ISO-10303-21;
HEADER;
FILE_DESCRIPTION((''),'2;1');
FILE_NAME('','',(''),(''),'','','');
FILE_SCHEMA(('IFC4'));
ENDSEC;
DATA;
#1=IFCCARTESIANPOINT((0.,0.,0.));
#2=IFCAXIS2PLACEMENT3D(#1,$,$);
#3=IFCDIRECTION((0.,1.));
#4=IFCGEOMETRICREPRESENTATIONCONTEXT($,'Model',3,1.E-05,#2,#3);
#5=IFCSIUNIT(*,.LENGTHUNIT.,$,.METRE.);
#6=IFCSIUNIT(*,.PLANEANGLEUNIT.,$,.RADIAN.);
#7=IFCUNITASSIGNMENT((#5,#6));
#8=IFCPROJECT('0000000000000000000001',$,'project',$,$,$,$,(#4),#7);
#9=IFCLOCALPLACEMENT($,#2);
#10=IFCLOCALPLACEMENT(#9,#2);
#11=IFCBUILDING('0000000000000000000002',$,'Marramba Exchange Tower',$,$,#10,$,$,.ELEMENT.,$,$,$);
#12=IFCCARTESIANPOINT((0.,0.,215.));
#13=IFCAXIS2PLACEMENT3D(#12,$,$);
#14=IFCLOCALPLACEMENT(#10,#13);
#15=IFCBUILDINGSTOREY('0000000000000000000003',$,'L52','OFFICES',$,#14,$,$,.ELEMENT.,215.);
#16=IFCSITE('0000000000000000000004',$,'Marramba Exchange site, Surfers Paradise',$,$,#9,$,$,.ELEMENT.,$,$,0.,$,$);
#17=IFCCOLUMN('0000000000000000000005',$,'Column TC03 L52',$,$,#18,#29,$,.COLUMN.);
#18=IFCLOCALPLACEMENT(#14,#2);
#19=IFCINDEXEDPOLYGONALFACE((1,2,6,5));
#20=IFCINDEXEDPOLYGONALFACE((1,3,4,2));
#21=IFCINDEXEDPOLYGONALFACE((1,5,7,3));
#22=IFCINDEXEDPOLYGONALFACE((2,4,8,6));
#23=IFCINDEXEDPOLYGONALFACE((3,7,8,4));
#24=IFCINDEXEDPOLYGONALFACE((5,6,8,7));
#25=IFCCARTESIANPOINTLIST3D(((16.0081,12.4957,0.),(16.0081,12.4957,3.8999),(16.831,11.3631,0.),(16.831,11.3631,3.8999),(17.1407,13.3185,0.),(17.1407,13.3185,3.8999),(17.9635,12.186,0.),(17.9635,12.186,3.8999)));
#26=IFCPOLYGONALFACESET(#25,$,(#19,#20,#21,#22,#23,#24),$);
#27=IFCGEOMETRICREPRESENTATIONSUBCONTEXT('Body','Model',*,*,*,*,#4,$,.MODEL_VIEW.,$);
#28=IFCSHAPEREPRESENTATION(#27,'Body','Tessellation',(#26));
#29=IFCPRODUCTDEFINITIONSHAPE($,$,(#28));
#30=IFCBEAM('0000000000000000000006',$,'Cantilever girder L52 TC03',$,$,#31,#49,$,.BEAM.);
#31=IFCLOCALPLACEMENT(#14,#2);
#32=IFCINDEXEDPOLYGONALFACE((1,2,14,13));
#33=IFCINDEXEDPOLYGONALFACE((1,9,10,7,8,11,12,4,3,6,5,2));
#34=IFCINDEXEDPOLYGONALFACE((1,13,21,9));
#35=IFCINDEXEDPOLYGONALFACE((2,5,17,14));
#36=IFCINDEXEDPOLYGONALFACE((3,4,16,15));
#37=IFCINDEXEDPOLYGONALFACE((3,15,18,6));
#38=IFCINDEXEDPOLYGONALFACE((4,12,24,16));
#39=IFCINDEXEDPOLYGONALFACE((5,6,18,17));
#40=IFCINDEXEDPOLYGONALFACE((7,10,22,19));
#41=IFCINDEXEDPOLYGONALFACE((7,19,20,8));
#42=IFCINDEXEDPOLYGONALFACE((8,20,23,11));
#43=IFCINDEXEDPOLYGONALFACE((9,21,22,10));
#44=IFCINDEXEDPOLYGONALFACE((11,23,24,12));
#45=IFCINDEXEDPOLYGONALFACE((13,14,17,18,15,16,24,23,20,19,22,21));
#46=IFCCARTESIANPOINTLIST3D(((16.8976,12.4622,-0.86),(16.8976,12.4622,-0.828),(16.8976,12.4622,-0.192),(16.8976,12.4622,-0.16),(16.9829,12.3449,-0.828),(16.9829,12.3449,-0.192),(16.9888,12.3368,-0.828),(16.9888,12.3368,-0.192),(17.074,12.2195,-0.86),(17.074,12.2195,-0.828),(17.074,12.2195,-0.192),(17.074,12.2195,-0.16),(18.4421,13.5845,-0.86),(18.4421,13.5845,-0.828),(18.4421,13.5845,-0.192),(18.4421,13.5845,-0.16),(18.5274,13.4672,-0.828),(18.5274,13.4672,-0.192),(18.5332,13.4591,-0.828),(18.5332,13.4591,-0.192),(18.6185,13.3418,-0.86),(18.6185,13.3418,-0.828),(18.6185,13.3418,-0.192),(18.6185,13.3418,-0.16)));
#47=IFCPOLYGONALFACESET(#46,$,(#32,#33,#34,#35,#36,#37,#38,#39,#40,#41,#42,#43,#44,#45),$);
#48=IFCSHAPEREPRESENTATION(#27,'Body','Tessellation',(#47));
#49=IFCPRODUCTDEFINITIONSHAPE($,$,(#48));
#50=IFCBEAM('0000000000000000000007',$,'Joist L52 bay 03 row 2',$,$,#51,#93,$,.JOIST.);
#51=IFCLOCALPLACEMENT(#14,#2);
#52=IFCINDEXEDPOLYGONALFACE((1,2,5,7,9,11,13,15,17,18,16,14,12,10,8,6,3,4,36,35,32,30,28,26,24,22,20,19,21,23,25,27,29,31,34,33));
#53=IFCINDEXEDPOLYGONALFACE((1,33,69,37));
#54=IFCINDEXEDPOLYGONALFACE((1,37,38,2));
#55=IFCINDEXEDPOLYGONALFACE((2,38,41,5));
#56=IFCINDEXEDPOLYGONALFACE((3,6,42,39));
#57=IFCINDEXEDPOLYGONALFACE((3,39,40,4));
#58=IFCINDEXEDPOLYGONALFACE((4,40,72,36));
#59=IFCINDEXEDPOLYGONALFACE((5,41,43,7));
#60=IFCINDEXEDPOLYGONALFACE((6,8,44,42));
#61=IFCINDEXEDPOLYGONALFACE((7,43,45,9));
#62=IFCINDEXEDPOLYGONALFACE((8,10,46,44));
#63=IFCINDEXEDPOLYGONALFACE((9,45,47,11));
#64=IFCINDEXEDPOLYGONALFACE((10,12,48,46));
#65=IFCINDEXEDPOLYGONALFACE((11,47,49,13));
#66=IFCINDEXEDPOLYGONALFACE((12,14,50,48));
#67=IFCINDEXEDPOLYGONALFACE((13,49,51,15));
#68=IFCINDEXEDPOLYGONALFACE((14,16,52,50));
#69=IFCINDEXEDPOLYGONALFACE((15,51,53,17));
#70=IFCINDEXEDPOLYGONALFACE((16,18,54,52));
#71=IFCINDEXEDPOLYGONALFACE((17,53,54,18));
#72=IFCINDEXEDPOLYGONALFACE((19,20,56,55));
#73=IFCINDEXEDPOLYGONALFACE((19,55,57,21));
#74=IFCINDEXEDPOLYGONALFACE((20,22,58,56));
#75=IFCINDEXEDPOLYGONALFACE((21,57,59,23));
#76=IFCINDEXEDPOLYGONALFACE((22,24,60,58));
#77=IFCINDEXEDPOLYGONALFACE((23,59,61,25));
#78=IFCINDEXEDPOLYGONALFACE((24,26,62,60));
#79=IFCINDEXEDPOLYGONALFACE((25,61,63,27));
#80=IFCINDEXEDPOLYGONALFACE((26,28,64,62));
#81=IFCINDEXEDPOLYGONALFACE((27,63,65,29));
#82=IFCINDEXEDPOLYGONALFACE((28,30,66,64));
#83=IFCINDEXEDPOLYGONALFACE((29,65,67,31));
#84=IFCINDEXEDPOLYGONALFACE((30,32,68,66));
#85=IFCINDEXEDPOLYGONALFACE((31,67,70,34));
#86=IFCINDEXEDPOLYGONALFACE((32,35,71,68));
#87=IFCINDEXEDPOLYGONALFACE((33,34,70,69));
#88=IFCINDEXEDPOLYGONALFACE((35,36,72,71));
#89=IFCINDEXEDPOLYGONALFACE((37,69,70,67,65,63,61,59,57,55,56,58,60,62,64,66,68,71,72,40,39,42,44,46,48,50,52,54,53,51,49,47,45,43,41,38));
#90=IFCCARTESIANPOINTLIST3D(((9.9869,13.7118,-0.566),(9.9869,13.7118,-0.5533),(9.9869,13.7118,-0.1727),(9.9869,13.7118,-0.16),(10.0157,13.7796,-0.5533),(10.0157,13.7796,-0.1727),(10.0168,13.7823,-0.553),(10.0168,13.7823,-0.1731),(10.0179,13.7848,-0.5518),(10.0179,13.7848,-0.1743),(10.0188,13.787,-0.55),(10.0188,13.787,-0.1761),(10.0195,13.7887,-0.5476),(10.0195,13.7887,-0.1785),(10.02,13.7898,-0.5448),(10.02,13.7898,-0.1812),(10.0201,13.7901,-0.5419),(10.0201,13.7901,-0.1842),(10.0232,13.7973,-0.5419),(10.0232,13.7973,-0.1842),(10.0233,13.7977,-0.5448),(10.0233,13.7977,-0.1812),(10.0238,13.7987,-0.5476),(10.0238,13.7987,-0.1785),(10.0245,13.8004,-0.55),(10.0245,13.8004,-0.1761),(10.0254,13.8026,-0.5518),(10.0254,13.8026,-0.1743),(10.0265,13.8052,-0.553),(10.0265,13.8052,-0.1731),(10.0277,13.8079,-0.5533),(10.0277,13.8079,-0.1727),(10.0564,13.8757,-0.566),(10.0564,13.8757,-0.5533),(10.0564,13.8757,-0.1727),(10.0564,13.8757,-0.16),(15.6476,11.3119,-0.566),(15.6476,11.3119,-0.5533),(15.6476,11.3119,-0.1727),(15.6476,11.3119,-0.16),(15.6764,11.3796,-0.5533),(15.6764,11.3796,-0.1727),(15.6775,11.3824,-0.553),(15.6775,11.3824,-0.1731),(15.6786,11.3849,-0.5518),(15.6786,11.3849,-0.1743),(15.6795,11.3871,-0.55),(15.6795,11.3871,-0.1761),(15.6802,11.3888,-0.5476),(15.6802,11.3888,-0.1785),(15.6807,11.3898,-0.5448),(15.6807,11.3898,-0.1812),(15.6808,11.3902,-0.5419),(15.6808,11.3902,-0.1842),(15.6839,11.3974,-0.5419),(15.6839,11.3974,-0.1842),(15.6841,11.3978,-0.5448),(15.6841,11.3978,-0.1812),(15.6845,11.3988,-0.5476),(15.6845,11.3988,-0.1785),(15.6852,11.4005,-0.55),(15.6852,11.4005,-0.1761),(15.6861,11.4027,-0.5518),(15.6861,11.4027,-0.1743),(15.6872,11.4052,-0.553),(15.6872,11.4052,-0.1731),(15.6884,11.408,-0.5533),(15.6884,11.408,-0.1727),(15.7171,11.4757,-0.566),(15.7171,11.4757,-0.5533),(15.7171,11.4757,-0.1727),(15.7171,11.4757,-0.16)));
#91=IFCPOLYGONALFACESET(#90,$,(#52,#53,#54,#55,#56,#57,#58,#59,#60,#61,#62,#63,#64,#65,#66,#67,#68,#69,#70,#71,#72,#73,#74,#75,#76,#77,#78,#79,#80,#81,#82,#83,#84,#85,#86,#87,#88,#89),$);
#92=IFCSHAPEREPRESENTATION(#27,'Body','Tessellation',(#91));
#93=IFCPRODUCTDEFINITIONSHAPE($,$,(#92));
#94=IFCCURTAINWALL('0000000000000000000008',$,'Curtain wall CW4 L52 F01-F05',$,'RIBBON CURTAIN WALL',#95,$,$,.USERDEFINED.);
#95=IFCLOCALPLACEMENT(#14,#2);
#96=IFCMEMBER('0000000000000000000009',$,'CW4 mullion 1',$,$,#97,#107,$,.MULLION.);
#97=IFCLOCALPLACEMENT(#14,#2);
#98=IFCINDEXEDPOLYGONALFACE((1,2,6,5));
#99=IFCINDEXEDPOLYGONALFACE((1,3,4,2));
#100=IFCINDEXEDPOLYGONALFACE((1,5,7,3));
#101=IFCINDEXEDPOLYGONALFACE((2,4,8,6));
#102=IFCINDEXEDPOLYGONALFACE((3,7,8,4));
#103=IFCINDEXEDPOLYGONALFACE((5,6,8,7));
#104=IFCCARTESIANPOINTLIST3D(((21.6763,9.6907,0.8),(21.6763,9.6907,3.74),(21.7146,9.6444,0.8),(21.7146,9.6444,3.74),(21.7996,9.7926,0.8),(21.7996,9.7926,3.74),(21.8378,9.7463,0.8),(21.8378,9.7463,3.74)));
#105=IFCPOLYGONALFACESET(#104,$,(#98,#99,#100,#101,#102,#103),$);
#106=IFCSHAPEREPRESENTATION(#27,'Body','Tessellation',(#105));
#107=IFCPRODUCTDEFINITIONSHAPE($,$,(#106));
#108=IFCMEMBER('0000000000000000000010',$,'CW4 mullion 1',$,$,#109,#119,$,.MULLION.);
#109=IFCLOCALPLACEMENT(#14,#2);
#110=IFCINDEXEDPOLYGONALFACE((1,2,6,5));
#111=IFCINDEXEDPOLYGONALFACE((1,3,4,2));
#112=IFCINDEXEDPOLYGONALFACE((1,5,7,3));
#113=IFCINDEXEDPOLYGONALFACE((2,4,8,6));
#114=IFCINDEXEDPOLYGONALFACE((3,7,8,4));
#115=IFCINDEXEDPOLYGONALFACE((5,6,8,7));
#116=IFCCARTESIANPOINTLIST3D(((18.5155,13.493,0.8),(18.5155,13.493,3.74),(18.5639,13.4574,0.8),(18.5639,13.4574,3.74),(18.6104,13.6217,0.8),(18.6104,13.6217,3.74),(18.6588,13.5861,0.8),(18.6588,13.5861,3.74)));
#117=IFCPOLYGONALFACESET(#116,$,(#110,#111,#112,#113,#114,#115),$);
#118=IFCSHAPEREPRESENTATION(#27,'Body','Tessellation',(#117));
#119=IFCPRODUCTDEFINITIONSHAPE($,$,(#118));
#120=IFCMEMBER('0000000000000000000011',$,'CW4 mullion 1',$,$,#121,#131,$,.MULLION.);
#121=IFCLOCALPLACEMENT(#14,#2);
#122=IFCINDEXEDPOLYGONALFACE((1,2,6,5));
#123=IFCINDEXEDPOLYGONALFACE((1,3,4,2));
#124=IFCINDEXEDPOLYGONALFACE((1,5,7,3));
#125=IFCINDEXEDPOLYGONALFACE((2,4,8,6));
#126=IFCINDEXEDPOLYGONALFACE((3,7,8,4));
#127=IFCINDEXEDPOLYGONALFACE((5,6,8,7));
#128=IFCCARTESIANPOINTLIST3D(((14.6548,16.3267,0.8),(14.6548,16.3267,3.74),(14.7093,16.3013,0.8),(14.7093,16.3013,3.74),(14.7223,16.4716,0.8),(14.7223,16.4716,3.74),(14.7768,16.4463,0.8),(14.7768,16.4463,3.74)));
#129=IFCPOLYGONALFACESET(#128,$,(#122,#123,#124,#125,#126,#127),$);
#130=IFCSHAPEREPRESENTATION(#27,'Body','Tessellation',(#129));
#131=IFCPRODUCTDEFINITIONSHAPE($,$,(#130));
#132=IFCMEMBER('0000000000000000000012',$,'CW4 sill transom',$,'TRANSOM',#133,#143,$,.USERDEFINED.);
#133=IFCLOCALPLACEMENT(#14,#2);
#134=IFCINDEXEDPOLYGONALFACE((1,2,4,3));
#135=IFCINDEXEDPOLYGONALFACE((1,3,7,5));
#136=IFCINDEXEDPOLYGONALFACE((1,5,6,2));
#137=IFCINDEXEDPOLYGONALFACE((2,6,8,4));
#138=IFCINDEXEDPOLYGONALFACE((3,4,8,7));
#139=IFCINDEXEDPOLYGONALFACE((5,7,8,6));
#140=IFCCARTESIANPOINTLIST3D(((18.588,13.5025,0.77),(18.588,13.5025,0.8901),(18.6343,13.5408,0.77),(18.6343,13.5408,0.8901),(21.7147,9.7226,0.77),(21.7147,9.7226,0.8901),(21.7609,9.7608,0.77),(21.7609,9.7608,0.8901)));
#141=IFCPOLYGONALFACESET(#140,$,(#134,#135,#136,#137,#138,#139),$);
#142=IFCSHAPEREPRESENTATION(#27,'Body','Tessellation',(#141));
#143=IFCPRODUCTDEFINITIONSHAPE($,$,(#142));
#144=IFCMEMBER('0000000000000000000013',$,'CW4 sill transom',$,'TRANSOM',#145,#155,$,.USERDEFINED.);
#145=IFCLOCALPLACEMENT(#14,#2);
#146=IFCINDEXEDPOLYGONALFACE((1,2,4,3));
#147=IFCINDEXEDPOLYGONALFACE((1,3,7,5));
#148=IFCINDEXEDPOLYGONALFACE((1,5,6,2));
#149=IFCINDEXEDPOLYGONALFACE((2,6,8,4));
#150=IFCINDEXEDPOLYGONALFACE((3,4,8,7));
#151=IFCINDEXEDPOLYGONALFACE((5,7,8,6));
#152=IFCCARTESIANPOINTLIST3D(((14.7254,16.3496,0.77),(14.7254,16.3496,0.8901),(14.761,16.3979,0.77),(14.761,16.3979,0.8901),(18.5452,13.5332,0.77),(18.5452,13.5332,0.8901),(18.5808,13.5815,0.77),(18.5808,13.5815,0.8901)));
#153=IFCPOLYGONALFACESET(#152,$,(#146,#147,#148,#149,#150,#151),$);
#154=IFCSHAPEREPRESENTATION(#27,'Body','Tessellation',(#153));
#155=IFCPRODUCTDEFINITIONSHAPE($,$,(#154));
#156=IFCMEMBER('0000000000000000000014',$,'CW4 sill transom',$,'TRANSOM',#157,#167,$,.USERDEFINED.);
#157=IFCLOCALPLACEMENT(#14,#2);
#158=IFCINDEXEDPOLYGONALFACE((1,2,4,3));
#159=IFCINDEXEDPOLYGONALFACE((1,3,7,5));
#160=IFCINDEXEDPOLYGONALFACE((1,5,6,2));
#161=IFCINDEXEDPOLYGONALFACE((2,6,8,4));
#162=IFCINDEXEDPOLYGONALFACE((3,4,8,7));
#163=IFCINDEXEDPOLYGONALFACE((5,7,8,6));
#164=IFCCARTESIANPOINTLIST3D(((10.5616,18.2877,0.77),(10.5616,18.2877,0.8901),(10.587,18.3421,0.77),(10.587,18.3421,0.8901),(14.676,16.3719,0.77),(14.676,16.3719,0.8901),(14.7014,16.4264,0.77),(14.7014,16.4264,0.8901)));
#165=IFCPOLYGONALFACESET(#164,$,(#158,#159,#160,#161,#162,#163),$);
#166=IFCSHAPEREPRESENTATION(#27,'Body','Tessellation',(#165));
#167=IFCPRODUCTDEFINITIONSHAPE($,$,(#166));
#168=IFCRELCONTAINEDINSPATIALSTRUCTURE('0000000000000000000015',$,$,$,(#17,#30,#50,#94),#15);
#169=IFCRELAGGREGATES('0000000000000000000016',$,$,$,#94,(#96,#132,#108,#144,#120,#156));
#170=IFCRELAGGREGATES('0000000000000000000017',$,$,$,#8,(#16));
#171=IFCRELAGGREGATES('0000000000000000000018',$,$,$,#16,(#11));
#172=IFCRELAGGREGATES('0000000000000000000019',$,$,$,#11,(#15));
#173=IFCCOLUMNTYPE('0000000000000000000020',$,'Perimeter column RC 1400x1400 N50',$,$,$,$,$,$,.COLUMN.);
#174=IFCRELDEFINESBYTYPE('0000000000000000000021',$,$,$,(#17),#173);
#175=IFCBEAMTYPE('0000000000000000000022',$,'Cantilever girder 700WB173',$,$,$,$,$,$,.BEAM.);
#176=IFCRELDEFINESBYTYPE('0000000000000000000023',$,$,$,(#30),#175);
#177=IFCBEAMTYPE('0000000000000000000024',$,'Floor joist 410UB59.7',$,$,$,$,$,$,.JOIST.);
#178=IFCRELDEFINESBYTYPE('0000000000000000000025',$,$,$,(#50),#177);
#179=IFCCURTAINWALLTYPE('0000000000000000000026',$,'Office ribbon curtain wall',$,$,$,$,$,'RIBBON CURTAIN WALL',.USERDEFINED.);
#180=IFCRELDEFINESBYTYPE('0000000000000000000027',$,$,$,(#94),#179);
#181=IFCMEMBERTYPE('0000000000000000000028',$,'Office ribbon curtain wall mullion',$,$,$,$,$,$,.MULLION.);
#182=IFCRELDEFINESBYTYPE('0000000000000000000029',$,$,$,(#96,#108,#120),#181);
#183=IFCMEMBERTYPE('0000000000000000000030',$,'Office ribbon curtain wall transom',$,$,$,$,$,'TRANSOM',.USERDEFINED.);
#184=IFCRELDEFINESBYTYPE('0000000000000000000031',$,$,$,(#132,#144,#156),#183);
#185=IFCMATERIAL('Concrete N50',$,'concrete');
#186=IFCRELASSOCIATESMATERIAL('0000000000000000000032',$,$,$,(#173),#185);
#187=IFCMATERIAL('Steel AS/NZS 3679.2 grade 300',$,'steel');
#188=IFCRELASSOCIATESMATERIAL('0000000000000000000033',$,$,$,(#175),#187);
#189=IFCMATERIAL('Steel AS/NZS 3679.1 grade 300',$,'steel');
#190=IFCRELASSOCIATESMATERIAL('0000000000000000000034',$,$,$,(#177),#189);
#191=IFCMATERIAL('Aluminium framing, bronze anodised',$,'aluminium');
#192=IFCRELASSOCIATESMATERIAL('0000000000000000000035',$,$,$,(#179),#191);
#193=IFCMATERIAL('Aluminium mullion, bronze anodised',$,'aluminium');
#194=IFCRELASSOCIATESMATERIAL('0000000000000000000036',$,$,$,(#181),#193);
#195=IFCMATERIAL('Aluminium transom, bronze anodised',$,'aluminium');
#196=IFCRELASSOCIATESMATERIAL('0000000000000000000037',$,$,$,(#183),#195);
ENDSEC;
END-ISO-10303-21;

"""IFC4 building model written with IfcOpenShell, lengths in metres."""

from ifc_helpers import new_model, si_unit, direction, frame, origin, origin_2d, place, context, subcontext, project, spatial, rectangle, i_section, extrude, material, material_profile, profile_set, type_object, element, aggregate, save


model = new_model("IFC4")

# Units and contexts
model_context = context("Model", 3, precision=1e-05, world=origin(), true_north=direction((0.0, 1.0)))
body_context = subcontext(model_context, "Body", "Model", "MODEL_VIEW")
ifc_project = project(units=[si_unit("LENGTHUNIT", "METRE"), si_unit("PLANEANGLEUNIT", "RADIAN")], contexts=[model_context])

# Site, building, storey
site_placement = place(None, origin())
site = spatial("IfcSite", under=ifc_project, at=site_placement, Name="Marramba Exchange site, Surfers Paradise", CompositionType="ELEMENT", RefElevation=0.0)
building_placement = place(site_placement, origin())
building = spatial("IfcBuilding", under=site, at=building_placement, Name="Marramba Exchange Tower", CompositionType="ELEMENT")
storey_placement = place(building_placement, frame((0.0, 0.0, 215.0)))
storey = spatial("IfcBuildingStorey", under=building, at=storey_placement, Name="L52", Description="OFFICES", CompositionType="ELEMENT", Elevation=215.0)

# Column
ifc_material_1 = material(Name="Concrete N50", Category="concrete")
ifc_material_profile_1 = material_profile(ifc_material_1, rectangle(XDim=1.3999, YDim=1.3999, at=origin_2d()), Name="RC 1400x1400")
ifc_profile_set_1 = profile_set([ifc_material_profile_1], Name="Concrete N50")
column_type = type_object("IfcColumnType", Name="Perimeter column RC 1400x1400 N50", PredefinedType="COLUMN", material=ifc_profile_set_1)
column_placement = place(storey_placement, frame((16.9858, 12.3408, 0.0), z_axis=(0.0, 0.0, 1.0), x_axis=(0.809017, 0.587785, 0.0)))
element("IfcColumn", 1, at=column_placement, inside=storey, type_object=column_type, Name="Column TC03 L52", PredefinedType="COLUMN", context=body_context, shape_type="SweptSolid", body=[
    extrude(rectangle(XDim=1.3999, YDim=1.3999, at=origin_2d()), origin(), (0.0, 0.0, 1.0), 3.8999),
])

# Beams
ifc_material_2 = material(Name="Steel AS/NZS 3679.2 grade 300", Category="steel")
ifc_material_profile_2 = material_profile(ifc_material_2, i_section(OverallWidth=0.3, OverallDepth=0.7, WebThickness=0.01, FlangeThickness=0.032, at=origin_2d()), Name="700WB173")
ifc_profile_set_2 = profile_set([ifc_material_profile_2], Name="Steel AS/NZS 3679.2 grade 300")
beam_type_1 = type_object("IfcBeamType", Name="Cantilever girder 700WB173", PredefinedType="BEAM", material=ifc_profile_set_2)
beam_1_placement = place(storey_placement, frame((16.9858, 12.3408, -0.51), z_axis=(0.808963, 0.58786, 0.0), x_axis=(-0.58786, 0.808963, 0.0)))
element("IfcBeam", 2, at=beam_1_placement, inside=storey, type_object=beam_type_1, Name="Cantilever girder L52 TC03", PredefinedType="BEAM", context=body_context, shape_type="SweptSolid", body=[
    extrude(i_section(OverallWidth=0.3, OverallDepth=0.7, WebThickness=0.01, FlangeThickness=0.032, at=origin_2d()), origin(), (0.0, 0.0, 1.0), 1.9092),
])
ifc_material_3 = material(Name="Steel AS/NZS 3679.1 grade 300", Category="steel")
ifc_material_profile_3 = material_profile(ifc_material_3, i_section(OverallWidth=0.178, OverallDepth=0.406, WebThickness=0.0078, FlangeThickness=0.0127, FilletRadius=0.0115, at=origin_2d()), Name="410UB59.7")
ifc_profile_set_3 = profile_set([ifc_material_profile_3], Name="Steel AS/NZS 3679.1 grade 300")
beam_type_2 = type_object("IfcBeamType", Name="Floor joist 410UB59.7", PredefinedType="JOIST", material=ifc_profile_set_3)
beam_2_placement = place(storey_placement, frame((15.6824, 11.3938, -0.363), z_axis=(-0.920674, 0.390332, 0.0), x_axis=(-0.390332, -0.920674, 0.0)))
element("IfcBeam", 3, at=beam_2_placement, inside=storey, type_object=beam_type_2, Name="Joist L52 bay 03 row 2", PredefinedType="JOIST", context=body_context, shape_type="SweptSolid", body=[
    extrude(i_section(OverallWidth=0.178, OverallDepth=0.406, WebThickness=0.0078, FlangeThickness=0.0127, FilletRadius=0.0115, at=origin_2d()), origin(), (0.0, 0.0, 1.0), 6.1484),
])

# Curtain wall, members
ifc_material_4 = material(Name="Aluminium framing, bronze anodised", Category="aluminium")
curtain_wall_type = type_object("IfcCurtainWallType", Name="Office ribbon curtain wall", ElementType="RIBBON CURTAIN WALL", PredefinedType="USERDEFINED", material=ifc_material_4)
curtain_wall_placement = place(storey_placement, origin())
curtain_wall = element("IfcCurtainWall", 4, at=curtain_wall_placement, inside=storey, type_object=curtain_wall_type, Name="Curtain wall CW4 L52 F01-F05", ObjectType="RIBBON CURTAIN WALL", PredefinedType="USERDEFINED")
ifc_material_5 = material(Name="Aluminium mullion, bronze anodised", Category="aluminium")
ifc_material_profile_4 = material_profile(ifc_material_5, rectangle(XDim=0.1599, YDim=0.0601, at=origin_2d()), Name="CW4 mullion 60x160")
ifc_profile_set_4 = profile_set([ifc_material_profile_4], Name="Aluminium mullion, bronze anodised")
member_type_1 = type_object("IfcMemberType", Name="Office ribbon curtain wall mullion", PredefinedType="MULLION", material=ifc_profile_set_4)
member_1_placement = place(storey_placement, frame((21.7571, 9.7185, 0.8), z_axis=(0.0, 0.0, 1.0), x_axis=(-0.770574, -0.63735, 0.0)))
member_1 = element("IfcMember", 5, at=member_1_placement, type_object=member_type_1, Name="CW4 mullion 1", PredefinedType="MULLION", context=body_context, shape_type="SweptSolid", body=[
    extrude(rectangle(XDim=0.1599, YDim=0.0601, at=origin_2d()), origin(), (0.0, 0.0, 1.0), 2.9399),
])
member_2_placement = place(storey_placement, frame((18.5872, 13.5396, 0.8), z_axis=(0.0, 0.0, 1.0), x_axis=(-0.593441, -0.804877, 0.0)))
member_2 = element("IfcMember", 6, at=member_2_placement, type_object=member_type_1, Name="CW4 mullion 1", PredefinedType="MULLION", context=body_context, shape_type="SweptSolid", body=[
    extrude(rectangle(XDim=0.1599, YDim=0.0601, at=origin_2d()), origin(), (0.0, 0.0, 1.0), 2.9399),
])
member_3_placement = place(storey_placement, frame((14.7158, 16.3865, 0.8), z_axis=(0.0, 0.0, 1.0), x_axis=(-0.422133, -0.906534, 0.0)))
member_3 = element("IfcMember", 7, at=member_3_placement, type_object=member_type_1, Name="CW4 mullion 1", PredefinedType="MULLION", context=body_context, shape_type="SweptSolid", body=[
    extrude(rectangle(XDim=0.1599, YDim=0.0601, at=origin_2d()), origin(), (0.0, 0.0, 1.0), 2.9399),
])
ifc_material_6 = material(Name="Aluminium transom, bronze anodised", Category="aluminium")
ifc_material_profile_5 = material_profile(ifc_material_6, rectangle(XDim=0.0601, YDim=0.1201, at=origin_2d()), Name="CW4 transom 60x120")
ifc_profile_set_5 = profile_set([ifc_material_profile_5], Name="Aluminium transom, bronze anodised")
member_type_2 = type_object("IfcMemberType", Name="Office ribbon curtain wall transom", ElementType="TRANSOM", PredefinedType="USERDEFINED", material=ifc_profile_set_5)
member_4_placement = place(storey_placement, frame((21.7378, 9.7417, 0.8301), z_axis=(-0.637375, 0.770554, 0.0), x_axis=(-0.770554, -0.637375, 0.0)))
member_4 = element("IfcMember", 8, at=member_4_placement, type_object=member_type_2, Name="CW4 sill transom", ObjectType="TRANSOM", PredefinedType="USERDEFINED", context=body_context, shape_type="SweptSolid", body=[
    extrude(rectangle(XDim=0.0601, YDim=0.1201, at=origin_2d()), origin(), (0.0, 0.0, 1.0), 4.9055),
])
member_5_placement = place(storey_placement, frame((18.563, 13.5574, 0.8301), z_axis=(-0.804875, 0.593445, 0.0), x_axis=(-0.593445, -0.804875, 0.0)))
member_5 = element("IfcMember", 9, at=member_5_placement, type_object=member_type_2, Name="CW4 sill transom", ObjectType="TRANSOM", PredefinedType="USERDEFINED", context=body_context, shape_type="SweptSolid", body=[
    extrude(rectangle(XDim=0.0601, YDim=0.1201, at=origin_2d()), origin(), (0.0, 0.0, 1.0), 4.7458),
])
member_6_placement = place(storey_placement, frame((14.6887, 16.3992, 0.8301), z_axis=(-0.906548, 0.422102, 0.0), x_axis=(-0.422102, -0.906548, 0.0)))
member_6 = element("IfcMember", 10, at=member_6_placement, type_object=member_type_2, Name="CW4 sill transom", ObjectType="TRANSOM", PredefinedType="USERDEFINED", context=body_context, shape_type="SweptSolid", body=[
    extrude(rectangle(XDim=0.0601, YDim=0.1201, at=origin_2d()), origin(), (0.0, 0.0, 1.0), 4.5386),
])

aggregate(curtain_wall, [member_1, member_4, member_2, member_5, member_3, member_6])

save(model, "model.ifc")
